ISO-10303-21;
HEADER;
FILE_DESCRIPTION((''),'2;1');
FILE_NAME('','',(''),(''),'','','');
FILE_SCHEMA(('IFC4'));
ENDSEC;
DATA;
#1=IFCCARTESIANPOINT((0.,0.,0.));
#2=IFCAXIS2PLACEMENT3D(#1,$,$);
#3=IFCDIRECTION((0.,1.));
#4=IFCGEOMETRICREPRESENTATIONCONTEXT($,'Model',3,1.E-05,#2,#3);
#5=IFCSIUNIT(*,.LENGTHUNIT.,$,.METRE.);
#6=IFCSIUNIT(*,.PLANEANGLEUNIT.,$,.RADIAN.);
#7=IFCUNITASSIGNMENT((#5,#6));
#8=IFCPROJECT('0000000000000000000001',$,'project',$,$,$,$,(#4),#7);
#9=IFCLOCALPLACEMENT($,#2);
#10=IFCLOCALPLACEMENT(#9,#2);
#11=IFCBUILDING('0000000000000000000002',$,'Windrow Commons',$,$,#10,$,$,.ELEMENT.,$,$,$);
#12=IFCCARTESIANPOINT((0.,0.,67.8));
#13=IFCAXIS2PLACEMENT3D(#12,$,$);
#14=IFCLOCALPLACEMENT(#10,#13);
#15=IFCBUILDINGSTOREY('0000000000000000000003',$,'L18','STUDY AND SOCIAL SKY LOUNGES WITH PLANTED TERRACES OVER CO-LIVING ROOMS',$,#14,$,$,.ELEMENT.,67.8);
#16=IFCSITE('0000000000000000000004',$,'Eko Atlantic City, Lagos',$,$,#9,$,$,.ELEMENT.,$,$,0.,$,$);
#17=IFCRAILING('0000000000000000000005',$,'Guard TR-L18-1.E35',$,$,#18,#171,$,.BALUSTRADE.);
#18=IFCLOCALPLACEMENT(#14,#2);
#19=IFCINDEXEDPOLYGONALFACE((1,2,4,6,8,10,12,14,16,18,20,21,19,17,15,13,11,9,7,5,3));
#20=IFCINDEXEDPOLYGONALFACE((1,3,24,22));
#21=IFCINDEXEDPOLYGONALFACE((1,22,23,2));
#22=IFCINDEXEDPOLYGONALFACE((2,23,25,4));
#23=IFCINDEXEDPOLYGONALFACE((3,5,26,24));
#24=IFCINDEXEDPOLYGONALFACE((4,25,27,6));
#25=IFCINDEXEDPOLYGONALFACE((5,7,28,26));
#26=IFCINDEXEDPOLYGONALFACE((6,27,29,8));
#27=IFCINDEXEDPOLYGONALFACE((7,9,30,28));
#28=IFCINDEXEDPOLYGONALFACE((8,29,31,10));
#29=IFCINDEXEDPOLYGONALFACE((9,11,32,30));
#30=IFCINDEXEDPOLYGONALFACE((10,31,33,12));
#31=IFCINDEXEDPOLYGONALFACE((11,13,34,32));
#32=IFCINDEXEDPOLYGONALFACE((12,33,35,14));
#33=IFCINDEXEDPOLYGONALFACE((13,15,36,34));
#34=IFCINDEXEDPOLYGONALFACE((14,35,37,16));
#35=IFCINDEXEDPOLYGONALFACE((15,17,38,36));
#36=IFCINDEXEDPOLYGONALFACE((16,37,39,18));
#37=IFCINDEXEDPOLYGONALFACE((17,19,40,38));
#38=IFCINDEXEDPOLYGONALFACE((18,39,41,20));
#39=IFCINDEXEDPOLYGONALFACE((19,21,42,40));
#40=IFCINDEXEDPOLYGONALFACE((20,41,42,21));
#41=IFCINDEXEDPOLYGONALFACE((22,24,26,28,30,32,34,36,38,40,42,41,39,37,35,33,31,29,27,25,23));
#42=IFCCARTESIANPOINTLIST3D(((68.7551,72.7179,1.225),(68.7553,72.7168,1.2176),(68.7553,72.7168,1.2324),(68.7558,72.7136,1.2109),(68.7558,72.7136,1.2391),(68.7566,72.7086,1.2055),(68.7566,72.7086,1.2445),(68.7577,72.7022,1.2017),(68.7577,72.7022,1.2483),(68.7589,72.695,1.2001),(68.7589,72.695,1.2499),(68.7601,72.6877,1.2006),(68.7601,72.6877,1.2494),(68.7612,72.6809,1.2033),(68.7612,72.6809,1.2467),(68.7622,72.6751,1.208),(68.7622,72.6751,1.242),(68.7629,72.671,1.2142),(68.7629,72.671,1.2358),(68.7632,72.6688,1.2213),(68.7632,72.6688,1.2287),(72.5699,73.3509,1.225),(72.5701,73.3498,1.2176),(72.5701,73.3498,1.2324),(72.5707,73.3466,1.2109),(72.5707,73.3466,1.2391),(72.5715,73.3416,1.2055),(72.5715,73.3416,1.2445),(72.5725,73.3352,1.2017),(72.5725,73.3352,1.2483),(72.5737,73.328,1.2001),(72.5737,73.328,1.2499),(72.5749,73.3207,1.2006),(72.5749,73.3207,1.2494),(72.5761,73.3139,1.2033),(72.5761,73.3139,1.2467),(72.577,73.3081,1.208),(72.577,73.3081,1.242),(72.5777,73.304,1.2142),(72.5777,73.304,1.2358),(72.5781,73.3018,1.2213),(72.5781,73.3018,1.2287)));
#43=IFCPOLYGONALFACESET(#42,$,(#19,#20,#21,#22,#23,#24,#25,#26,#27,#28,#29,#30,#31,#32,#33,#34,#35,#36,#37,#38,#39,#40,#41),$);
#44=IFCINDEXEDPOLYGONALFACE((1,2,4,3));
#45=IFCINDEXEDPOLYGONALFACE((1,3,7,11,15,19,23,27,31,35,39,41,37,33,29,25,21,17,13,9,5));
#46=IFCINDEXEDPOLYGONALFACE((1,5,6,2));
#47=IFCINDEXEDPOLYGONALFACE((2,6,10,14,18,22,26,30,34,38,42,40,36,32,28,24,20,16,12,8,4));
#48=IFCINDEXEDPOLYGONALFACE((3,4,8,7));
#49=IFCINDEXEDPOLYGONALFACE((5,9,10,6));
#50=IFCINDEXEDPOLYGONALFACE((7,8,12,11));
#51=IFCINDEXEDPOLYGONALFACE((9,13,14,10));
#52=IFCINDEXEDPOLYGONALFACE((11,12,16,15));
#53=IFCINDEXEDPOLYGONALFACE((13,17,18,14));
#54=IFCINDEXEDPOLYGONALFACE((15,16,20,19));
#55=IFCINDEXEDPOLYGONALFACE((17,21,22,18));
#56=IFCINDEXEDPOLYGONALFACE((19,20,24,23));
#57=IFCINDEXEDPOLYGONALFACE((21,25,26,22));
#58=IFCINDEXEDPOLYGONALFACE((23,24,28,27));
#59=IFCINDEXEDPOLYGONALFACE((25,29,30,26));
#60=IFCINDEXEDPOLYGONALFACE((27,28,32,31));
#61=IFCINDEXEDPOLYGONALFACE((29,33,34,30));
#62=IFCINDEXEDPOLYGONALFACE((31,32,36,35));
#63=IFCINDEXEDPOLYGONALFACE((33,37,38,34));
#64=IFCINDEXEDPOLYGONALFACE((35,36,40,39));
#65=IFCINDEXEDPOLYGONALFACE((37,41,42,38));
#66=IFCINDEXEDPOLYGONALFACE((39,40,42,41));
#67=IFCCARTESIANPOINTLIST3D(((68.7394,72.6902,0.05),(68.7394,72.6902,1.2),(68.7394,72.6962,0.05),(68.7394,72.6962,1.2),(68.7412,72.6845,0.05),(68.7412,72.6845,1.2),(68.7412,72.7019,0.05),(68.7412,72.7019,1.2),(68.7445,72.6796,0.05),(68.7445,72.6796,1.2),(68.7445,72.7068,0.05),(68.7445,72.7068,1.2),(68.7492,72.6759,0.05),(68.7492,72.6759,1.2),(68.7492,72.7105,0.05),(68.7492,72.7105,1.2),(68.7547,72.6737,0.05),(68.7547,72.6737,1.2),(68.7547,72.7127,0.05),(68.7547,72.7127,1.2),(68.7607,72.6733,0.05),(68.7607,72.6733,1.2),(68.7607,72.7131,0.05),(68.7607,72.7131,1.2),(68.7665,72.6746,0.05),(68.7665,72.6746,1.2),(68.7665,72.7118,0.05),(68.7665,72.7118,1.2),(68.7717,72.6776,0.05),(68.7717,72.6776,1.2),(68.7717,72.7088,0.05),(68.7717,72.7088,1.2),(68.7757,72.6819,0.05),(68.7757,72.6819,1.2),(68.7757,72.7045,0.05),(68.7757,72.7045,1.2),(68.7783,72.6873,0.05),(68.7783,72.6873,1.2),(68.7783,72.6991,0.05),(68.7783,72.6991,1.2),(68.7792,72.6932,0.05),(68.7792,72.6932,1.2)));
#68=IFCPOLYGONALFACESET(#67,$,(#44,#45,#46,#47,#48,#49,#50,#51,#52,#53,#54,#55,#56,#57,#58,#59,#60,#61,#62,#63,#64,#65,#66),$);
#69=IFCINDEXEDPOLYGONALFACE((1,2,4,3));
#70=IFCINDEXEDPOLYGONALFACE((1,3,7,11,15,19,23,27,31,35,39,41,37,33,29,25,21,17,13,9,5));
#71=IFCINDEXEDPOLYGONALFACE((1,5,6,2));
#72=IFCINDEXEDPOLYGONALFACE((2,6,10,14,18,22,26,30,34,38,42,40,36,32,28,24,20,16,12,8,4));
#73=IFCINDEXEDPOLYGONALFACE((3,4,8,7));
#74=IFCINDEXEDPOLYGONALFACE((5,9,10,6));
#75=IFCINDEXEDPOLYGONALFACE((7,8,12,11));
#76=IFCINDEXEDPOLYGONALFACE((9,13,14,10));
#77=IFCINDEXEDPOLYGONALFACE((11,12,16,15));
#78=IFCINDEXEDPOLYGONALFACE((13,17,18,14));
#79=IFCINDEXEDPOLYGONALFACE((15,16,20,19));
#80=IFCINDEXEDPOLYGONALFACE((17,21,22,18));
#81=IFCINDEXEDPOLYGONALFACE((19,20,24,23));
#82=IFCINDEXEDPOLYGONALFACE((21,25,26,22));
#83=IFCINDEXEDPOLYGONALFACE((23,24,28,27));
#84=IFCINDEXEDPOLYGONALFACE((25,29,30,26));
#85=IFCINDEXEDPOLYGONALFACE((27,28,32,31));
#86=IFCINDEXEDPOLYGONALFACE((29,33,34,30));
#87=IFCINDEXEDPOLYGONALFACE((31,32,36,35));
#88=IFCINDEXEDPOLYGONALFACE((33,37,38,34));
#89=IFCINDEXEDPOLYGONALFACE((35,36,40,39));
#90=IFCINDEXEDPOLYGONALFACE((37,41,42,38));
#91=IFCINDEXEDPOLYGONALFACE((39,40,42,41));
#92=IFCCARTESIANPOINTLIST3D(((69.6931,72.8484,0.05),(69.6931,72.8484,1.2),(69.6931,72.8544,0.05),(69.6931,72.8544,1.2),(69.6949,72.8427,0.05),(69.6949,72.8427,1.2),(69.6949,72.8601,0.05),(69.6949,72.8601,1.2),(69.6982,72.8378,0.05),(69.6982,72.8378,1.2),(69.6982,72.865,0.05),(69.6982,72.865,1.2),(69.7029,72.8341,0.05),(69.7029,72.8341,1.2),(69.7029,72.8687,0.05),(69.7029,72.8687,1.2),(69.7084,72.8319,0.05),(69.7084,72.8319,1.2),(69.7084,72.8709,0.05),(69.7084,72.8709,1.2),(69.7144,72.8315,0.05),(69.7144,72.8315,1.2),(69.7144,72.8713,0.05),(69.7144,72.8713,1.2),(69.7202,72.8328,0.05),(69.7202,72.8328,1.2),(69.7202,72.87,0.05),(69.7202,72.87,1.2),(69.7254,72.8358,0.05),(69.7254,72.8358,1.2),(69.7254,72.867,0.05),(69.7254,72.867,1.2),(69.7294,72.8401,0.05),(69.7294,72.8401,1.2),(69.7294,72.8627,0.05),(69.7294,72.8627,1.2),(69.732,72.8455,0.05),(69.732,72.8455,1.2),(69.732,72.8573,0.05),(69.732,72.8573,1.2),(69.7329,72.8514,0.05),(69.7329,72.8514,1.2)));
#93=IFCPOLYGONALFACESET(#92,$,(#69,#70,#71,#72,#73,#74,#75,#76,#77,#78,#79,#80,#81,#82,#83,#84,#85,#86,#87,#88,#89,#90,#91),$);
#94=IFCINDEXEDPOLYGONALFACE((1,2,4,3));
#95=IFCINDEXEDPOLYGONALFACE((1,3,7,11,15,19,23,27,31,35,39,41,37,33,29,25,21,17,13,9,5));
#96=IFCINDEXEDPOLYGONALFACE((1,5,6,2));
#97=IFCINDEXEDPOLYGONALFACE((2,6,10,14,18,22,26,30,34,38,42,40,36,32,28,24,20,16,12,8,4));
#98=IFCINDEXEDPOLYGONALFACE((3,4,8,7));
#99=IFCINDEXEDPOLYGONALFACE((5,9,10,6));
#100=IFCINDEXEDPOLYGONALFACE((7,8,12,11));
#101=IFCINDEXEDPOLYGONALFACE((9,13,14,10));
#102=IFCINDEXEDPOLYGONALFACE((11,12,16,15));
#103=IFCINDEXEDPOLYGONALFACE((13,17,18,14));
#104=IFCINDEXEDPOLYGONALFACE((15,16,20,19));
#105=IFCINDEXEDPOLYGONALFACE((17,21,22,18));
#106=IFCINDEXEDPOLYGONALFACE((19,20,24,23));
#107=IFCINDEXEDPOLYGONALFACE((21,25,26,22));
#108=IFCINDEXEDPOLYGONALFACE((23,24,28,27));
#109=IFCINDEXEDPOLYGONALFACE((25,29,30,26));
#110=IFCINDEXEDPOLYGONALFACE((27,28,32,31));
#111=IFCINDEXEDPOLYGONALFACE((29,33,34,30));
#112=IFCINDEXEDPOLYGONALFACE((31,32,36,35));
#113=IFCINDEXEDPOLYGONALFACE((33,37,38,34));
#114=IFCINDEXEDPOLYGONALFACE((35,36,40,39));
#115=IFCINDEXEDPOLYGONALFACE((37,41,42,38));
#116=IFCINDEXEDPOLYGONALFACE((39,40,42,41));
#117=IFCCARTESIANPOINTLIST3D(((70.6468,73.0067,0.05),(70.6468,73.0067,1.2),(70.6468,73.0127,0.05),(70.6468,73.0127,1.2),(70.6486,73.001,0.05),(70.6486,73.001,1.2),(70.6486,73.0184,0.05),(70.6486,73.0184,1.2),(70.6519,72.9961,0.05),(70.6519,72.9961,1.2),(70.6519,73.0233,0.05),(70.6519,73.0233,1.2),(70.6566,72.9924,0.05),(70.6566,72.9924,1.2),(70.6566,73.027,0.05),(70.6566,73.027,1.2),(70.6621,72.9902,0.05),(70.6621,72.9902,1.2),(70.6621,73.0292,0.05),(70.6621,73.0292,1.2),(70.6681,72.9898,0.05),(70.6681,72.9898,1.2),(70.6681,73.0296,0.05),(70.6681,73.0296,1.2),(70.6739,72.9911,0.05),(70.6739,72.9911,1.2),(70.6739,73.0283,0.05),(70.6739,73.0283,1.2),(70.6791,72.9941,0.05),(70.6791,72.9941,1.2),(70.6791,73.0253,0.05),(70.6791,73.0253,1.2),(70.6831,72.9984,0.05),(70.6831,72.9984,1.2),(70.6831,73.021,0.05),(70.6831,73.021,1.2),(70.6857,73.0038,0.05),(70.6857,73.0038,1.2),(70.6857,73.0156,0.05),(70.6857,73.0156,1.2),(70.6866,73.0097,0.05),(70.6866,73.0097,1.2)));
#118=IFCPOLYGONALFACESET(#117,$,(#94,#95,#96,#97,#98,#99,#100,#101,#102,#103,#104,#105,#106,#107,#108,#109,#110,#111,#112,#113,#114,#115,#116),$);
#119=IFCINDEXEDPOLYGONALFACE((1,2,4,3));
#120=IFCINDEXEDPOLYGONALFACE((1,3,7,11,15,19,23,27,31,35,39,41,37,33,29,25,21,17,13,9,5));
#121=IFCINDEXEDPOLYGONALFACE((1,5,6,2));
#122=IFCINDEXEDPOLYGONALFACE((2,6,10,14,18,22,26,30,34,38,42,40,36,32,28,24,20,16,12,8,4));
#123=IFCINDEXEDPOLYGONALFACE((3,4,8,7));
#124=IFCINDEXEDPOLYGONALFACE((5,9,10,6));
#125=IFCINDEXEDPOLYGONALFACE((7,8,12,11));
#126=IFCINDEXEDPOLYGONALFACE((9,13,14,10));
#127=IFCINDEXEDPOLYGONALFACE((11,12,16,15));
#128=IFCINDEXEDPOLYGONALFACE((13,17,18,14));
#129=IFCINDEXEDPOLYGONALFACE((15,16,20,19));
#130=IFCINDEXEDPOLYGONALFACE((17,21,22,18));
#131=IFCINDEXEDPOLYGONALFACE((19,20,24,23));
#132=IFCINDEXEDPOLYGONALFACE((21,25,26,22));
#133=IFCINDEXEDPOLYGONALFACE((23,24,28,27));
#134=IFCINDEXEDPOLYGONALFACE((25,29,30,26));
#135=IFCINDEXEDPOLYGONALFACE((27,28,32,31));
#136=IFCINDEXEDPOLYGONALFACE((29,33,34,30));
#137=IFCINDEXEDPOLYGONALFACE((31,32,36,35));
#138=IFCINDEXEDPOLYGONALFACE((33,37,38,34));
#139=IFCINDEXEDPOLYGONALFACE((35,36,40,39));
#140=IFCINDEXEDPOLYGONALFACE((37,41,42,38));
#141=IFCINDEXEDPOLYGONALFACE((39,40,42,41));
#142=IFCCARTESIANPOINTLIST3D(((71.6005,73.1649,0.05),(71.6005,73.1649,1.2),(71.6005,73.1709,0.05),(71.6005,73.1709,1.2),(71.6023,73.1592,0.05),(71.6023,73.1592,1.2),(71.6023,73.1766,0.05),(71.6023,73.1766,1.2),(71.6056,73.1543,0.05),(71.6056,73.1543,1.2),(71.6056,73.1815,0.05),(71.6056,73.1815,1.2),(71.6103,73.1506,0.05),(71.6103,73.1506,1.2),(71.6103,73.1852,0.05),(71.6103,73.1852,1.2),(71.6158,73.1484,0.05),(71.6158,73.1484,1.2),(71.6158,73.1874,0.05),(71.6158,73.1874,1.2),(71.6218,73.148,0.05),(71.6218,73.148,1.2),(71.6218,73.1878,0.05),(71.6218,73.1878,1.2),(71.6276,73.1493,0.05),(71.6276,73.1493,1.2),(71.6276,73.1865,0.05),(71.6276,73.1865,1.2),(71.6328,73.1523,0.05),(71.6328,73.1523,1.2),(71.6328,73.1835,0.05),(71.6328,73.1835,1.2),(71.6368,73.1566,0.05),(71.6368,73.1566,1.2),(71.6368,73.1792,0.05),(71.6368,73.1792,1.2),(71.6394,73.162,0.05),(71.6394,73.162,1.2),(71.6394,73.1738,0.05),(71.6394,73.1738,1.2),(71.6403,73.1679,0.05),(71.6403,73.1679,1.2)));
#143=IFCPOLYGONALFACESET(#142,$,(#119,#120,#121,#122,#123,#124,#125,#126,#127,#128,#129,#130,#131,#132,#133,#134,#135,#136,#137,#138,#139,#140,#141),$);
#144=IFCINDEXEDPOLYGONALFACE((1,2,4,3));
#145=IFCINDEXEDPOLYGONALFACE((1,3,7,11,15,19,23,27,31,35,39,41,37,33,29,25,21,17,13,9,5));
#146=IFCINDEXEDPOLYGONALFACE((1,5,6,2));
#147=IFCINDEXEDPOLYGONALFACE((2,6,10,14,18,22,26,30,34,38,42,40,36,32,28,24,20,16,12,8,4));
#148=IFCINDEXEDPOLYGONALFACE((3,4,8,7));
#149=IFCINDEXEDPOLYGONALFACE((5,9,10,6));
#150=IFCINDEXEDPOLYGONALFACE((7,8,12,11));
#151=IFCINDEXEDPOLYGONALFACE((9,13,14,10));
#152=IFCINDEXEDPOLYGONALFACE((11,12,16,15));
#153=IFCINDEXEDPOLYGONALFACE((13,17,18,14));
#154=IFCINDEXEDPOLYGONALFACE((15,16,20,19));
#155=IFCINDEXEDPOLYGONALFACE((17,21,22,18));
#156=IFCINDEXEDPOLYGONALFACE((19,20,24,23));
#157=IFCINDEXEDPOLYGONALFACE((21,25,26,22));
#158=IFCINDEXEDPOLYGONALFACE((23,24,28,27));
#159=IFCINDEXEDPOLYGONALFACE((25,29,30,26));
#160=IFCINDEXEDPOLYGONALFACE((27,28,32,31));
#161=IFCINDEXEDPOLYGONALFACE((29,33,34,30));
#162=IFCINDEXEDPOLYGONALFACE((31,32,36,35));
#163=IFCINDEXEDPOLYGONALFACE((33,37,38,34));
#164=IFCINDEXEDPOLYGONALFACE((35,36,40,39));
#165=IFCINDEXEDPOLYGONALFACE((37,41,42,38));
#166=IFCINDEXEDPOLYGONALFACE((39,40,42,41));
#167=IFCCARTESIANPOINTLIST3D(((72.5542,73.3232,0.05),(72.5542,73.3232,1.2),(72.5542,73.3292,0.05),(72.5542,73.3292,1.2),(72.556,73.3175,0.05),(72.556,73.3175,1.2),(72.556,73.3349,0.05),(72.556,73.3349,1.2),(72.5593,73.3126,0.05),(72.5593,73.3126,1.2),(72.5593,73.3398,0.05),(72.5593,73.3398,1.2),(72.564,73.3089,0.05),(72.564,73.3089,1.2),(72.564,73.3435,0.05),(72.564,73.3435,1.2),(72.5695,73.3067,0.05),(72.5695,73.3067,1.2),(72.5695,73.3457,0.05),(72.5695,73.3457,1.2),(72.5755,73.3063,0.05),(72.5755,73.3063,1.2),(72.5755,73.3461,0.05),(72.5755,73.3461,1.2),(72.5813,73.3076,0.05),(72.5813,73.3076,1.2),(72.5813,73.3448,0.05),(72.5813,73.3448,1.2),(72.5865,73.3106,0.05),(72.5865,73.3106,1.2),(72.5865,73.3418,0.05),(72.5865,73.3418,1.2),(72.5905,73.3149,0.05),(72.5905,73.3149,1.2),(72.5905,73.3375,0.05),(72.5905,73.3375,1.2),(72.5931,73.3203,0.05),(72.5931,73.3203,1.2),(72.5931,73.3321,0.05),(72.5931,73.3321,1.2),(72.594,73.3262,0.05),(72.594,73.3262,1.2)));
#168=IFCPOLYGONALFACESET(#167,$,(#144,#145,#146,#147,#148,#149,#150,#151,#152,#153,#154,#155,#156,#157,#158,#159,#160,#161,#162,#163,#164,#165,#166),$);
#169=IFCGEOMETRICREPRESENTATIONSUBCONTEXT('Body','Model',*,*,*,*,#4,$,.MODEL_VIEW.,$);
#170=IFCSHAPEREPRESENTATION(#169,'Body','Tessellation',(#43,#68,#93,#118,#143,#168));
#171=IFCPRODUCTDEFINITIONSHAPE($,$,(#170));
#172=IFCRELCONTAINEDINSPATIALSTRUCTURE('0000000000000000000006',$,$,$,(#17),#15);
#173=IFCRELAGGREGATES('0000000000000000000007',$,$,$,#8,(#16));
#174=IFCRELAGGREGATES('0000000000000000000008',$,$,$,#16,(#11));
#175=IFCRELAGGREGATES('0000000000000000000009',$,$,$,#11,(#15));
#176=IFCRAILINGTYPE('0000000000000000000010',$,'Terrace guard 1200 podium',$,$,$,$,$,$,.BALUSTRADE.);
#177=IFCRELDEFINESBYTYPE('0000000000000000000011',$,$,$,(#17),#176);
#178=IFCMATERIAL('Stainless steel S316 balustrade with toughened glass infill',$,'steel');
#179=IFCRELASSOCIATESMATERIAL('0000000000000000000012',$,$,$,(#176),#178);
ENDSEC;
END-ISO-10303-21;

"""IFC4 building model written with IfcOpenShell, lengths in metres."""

from ifc_helpers import new_model, si_unit, direction, frame, origin, origin_2d, place, context, subcontext, project, spatial, circle, extrude, material, type_object, element, save


model = new_model("IFC4")

# Units and contexts
model_context = context("Model", 3, precision=1e-05, world=origin(), true_north=direction((0.0, 1.0)))
body_context = subcontext(model_context, "Body", "Model", "MODEL_VIEW")
ifc_project = project(units=[si_unit("LENGTHUNIT", "METRE"), si_unit("PLANEANGLEUNIT", "RADIAN")], contexts=[model_context])

# Site, building, storey
site_placement = place(None, origin())
site = spatial("IfcSite", under=ifc_project, at=site_placement, Name="Eko Atlantic City, Lagos", CompositionType="ELEMENT", RefElevation=0.0)
building_placement = place(site_placement, origin())
building = spatial("IfcBuilding", under=site, at=building_placement, Name="Windrow Commons", CompositionType="ELEMENT")
storey_placement = place(building_placement, frame((0.0, 0.0, 67.8)))
storey = spatial("IfcBuildingStorey", under=building, at=storey_placement, Name="L18", Description="STUDY AND SOCIAL SKY LOUNGES WITH PLANTED TERRACES OVER CO-LIVING ROOMS", CompositionType="ELEMENT", Elevation=67.8)

# Railing
ifc_material_1 = material(Name="Stainless steel S316 balustrade with toughened glass infill", Category="steel")
railing_type = type_object("IfcRailingType", Name="Terrace guard 1200 podium", PredefinedType="BALUSTRADE", material=ifc_material_1)
railing_1_placement = place(storey_placement, frame((68.7592, 72.6932, 0.05)))
element("IfcRailing", 1, at=railing_1_placement, inside=storey, type_object=railing_type, Name="Guard TR-L18-1.E35", PredefinedType="BALUSTRADE", context=body_context, shape_type="SweptSolid", body=[
    extrude(circle(Radius=0.025, at=origin_2d()), frame((0.0, 0.0, 1.175), z_axis=(0.986511, 0.163694, 0.0), x_axis=(-0.163694, 0.986511, 0.0)), (0.0, 0.0, 1.0), 3.867),
    extrude(circle(Radius=0.02, at=origin_2d()), origin(), (0.0, 0.0, 1.0), 1.15),
    extrude(circle(Radius=0.02, at=origin_2d()), frame((0.9537, 0.1582, 0.0)), (0.0, 0.0, 1.0), 1.15),
    extrude(circle(Radius=0.02, at=origin_2d()), frame((1.9074, 0.3165, 0.0)), (0.0, 0.0, 1.0), 1.15),
    extrude(circle(Radius=0.02, at=origin_2d()), frame((2.8611, 0.4747, 0.0)), (0.0, 0.0, 1.0), 1.15),
    extrude(circle(Radius=0.02, at=origin_2d()), frame((3.8148, 0.633, 0.0)), (0.0, 0.0, 1.0), 1.15),
])

save(model, "model.ifc")
